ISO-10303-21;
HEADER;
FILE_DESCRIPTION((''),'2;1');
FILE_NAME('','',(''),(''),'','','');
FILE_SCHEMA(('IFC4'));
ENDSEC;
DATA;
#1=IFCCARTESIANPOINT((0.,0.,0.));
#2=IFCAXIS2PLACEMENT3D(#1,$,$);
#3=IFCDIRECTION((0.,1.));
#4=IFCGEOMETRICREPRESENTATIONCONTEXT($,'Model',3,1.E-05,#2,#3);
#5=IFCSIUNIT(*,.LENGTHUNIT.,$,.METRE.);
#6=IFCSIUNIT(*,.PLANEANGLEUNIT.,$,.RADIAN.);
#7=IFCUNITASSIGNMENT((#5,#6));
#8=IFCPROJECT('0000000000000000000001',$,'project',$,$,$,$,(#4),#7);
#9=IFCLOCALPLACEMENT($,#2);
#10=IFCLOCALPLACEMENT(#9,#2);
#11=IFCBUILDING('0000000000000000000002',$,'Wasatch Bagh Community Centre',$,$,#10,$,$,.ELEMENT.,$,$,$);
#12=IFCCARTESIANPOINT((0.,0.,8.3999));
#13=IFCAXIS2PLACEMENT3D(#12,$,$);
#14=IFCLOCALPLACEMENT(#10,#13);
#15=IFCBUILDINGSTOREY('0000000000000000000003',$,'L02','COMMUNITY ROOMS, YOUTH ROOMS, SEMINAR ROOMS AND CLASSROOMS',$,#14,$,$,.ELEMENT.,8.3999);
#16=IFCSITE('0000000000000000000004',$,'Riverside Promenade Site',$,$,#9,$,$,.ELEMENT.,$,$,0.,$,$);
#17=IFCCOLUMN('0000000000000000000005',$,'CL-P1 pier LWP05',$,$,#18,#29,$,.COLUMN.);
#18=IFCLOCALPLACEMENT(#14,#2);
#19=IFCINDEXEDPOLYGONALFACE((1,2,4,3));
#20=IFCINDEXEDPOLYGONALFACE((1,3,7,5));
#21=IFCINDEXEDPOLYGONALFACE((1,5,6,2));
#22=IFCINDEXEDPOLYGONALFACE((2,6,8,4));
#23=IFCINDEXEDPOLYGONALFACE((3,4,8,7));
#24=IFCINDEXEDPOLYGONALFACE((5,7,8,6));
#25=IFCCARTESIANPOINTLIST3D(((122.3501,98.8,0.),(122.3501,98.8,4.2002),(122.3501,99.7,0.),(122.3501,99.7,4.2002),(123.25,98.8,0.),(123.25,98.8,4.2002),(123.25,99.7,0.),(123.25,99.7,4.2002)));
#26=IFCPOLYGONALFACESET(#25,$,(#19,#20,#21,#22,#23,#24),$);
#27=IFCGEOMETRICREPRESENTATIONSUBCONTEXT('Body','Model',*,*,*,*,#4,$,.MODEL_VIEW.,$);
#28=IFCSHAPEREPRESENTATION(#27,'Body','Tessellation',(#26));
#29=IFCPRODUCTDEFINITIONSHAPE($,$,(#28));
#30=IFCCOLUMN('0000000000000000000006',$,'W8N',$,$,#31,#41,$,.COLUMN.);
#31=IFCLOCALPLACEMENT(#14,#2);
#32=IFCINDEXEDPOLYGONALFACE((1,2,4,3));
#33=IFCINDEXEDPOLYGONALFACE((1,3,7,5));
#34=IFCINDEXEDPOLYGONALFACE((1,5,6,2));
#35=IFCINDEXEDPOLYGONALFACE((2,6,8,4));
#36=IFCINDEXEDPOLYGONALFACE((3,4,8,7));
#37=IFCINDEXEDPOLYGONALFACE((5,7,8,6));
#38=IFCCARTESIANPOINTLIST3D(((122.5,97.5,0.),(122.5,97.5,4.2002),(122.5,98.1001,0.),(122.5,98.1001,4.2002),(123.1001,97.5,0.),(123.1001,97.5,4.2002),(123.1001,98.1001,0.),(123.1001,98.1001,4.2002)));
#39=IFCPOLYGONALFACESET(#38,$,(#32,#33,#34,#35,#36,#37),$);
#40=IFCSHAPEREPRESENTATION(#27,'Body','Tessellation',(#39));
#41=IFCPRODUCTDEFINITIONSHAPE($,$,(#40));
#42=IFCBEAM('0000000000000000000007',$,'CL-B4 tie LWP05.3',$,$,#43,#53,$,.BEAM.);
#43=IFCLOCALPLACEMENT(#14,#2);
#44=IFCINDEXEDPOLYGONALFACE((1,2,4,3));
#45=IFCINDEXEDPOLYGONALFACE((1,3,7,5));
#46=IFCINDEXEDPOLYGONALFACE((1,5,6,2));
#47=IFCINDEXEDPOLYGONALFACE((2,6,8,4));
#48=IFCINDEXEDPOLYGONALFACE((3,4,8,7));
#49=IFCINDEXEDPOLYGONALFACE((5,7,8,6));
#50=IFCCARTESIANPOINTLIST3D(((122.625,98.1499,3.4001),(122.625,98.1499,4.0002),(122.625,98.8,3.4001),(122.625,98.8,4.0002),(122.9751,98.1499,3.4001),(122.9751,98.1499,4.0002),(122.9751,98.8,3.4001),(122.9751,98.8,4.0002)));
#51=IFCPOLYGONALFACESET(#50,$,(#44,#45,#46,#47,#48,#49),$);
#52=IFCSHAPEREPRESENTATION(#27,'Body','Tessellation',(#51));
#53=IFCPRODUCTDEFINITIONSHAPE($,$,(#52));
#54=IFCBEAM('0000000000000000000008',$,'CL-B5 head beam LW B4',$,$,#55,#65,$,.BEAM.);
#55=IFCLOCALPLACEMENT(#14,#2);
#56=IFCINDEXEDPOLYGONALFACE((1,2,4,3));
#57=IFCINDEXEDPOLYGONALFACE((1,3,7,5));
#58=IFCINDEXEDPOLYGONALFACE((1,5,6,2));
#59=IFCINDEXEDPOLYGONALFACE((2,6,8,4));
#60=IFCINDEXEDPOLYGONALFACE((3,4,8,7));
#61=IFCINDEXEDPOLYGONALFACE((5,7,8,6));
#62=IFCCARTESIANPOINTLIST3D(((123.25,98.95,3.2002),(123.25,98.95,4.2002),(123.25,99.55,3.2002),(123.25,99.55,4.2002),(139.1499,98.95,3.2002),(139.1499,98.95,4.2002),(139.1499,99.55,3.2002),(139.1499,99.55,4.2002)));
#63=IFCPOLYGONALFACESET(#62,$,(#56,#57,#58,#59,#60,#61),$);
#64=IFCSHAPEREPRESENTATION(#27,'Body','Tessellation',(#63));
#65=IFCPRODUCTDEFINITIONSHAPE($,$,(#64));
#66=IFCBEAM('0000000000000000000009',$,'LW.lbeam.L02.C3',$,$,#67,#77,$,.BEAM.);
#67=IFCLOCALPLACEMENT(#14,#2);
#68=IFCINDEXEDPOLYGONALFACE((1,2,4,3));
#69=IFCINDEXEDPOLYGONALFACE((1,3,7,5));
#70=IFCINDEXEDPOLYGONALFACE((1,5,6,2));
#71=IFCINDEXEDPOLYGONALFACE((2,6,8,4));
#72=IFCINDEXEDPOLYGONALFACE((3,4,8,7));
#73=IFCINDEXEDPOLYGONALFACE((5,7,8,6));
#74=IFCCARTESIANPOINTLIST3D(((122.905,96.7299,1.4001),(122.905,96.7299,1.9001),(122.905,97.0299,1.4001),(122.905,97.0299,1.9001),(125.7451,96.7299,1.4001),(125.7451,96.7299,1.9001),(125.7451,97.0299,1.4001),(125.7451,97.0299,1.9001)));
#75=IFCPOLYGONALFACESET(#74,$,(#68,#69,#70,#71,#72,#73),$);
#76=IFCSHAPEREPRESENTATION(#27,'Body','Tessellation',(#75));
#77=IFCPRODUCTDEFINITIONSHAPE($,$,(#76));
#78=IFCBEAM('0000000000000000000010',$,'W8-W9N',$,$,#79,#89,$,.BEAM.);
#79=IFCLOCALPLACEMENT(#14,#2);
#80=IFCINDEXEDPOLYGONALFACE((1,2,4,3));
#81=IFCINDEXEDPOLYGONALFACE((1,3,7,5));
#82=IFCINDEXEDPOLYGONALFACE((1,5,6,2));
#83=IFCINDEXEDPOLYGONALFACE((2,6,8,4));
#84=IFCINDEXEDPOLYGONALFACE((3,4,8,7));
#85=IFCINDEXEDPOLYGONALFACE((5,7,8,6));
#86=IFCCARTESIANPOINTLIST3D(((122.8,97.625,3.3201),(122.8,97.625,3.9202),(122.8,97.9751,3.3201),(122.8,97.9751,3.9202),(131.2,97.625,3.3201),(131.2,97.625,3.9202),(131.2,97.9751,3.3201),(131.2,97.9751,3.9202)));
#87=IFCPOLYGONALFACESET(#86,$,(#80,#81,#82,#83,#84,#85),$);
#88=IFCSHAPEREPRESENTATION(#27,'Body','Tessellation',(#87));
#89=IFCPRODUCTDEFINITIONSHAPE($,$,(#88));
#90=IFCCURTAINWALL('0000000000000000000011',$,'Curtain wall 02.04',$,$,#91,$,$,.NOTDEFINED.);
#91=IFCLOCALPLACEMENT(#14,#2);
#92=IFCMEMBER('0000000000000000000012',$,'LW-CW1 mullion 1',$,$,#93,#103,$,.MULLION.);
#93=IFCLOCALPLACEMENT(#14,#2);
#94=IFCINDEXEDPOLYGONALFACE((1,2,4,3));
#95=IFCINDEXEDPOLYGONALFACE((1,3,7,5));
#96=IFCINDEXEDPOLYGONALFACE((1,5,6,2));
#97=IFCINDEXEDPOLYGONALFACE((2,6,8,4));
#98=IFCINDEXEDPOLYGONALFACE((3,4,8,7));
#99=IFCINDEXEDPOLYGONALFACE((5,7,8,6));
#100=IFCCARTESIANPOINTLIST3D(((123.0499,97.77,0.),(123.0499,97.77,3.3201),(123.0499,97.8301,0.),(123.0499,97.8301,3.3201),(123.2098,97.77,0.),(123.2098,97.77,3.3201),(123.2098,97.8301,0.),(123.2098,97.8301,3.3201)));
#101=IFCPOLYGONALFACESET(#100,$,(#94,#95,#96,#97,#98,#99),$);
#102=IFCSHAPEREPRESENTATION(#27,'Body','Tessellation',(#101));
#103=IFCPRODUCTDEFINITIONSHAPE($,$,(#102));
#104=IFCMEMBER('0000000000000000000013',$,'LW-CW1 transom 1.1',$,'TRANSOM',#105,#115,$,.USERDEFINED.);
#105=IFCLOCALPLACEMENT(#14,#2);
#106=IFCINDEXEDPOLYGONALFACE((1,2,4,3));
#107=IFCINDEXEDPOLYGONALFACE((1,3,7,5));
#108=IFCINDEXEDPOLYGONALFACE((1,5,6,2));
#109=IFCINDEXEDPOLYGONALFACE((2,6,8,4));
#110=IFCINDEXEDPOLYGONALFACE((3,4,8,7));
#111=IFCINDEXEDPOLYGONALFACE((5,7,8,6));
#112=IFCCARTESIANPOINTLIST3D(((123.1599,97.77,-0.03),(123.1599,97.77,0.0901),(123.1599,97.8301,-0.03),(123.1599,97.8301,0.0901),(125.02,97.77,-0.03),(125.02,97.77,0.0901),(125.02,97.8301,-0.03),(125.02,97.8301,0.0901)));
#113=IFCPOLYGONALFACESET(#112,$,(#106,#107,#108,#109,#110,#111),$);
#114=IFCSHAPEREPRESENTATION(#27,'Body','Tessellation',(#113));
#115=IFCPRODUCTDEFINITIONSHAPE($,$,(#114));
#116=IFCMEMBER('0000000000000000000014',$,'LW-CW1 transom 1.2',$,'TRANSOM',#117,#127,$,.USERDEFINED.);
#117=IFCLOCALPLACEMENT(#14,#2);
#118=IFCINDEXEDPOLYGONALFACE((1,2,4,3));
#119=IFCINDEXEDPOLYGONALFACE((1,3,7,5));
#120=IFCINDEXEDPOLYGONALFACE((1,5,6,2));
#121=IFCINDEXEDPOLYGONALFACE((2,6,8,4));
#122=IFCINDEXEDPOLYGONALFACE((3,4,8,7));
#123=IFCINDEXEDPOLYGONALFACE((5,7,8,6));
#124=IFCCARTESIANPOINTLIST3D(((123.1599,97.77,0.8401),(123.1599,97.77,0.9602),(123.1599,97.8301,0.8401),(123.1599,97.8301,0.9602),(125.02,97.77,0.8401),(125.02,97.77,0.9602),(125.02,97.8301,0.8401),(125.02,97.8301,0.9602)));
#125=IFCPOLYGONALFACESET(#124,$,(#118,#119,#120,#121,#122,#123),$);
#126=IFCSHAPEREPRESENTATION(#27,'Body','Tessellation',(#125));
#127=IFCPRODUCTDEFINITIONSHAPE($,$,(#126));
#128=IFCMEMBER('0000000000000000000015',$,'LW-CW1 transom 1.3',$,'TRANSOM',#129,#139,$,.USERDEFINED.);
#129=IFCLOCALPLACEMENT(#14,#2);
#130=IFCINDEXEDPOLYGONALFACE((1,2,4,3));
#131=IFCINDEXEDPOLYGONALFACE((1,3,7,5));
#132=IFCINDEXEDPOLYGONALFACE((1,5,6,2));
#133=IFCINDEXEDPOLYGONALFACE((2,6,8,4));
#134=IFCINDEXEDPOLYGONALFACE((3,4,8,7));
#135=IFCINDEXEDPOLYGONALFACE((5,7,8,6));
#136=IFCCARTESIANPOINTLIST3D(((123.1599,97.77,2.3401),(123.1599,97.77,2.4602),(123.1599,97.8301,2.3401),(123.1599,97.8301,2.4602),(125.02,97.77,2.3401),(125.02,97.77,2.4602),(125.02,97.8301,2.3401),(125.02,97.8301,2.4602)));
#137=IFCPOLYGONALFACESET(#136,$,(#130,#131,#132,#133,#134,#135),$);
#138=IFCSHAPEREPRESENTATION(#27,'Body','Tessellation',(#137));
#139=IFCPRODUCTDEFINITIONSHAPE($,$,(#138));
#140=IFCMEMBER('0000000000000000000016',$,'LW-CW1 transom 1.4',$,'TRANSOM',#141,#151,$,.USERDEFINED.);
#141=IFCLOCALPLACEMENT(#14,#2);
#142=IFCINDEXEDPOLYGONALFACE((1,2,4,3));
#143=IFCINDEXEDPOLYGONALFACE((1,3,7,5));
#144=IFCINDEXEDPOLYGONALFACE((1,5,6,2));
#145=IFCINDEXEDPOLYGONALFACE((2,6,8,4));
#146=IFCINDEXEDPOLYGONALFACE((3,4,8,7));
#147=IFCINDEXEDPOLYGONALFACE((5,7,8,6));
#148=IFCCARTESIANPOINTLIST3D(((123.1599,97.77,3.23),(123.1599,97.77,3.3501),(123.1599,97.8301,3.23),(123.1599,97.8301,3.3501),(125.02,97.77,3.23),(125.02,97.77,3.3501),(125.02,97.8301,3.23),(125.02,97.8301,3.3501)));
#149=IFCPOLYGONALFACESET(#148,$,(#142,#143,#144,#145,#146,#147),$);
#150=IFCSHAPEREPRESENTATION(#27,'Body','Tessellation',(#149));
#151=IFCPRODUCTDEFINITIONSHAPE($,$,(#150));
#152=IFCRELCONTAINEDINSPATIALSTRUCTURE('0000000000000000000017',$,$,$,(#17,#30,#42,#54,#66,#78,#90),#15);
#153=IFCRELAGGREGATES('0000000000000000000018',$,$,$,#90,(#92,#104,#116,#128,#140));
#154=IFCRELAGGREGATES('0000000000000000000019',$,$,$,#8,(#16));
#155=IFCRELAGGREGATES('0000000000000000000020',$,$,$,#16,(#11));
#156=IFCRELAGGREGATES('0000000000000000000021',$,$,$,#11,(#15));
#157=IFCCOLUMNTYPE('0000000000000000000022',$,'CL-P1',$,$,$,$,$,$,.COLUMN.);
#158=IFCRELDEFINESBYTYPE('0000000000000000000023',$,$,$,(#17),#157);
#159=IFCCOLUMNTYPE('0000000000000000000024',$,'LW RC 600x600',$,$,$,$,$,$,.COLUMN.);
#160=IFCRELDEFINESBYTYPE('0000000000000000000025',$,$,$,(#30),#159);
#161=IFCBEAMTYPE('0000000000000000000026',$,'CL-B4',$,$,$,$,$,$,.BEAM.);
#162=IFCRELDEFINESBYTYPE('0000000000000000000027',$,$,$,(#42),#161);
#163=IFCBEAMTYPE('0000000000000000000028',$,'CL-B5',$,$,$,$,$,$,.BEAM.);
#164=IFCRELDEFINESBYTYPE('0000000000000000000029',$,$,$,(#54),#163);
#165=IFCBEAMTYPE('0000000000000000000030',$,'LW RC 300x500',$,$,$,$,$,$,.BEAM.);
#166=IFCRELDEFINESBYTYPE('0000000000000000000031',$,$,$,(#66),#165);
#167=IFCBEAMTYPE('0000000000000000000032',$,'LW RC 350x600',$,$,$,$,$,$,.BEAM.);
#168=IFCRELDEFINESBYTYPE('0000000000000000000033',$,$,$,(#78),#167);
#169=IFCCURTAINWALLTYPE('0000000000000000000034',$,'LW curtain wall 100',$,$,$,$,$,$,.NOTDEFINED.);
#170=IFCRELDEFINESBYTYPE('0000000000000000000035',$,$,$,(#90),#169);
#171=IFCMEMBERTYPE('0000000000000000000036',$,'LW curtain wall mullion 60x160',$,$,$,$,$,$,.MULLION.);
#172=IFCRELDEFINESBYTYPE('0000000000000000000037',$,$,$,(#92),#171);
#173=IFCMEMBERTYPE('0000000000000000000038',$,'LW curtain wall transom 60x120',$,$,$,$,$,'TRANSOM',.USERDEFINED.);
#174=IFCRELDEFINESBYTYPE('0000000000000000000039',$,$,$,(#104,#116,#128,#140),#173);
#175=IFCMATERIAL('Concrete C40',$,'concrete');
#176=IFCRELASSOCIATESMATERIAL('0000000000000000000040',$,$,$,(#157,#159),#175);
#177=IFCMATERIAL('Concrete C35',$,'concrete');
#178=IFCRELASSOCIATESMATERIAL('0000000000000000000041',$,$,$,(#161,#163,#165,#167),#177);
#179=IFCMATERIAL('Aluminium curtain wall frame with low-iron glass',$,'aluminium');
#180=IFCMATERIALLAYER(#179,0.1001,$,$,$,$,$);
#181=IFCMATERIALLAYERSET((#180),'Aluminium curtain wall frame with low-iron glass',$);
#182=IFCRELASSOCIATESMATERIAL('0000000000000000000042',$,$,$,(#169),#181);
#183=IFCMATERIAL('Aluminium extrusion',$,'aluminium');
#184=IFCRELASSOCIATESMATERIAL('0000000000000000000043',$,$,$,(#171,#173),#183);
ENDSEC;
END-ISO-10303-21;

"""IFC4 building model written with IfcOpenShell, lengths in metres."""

from ifc_helpers import new_model, si_unit, direction, frame, origin, origin_2d, place, context, subcontext, project, spatial, rectangle, extrude, material, layer, layer_set, material_profile, profile_set, type_object, element, aggregate, save


model = new_model("IFC4")

# Units and contexts
model_context = context("Model", 3, precision=1e-05, world=origin(), true_north=direction((0.0, 1.0)))
body_context = subcontext(model_context, "Body", "Model", "MODEL_VIEW")
ifc_project = project(units=[si_unit("LENGTHUNIT", "METRE"), si_unit("PLANEANGLEUNIT", "RADIAN")], contexts=[model_context])

# Site, building, storey
site_placement = place(None, origin())
site = spatial("IfcSite", under=ifc_project, at=site_placement, Name="Riverside Promenade Site", CompositionType="ELEMENT", RefElevation=0.0)
building_placement = place(site_placement, origin())
building = spatial("IfcBuilding", under=site, at=building_placement, Name="Wasatch Bagh Community Centre", CompositionType="ELEMENT")
storey_placement = place(building_placement, frame((0.0, 0.0, 8.3999)))
storey = spatial("IfcBuildingStorey", under=building, at=storey_placement, Name="L02", Description="COMMUNITY ROOMS, YOUTH ROOMS, SEMINAR ROOMS AND CLASSROOMS", CompositionType="ELEMENT", Elevation=8.3999)

# Columns
ifc_material_1 = material(Name="Concrete C40", Category="concrete")
ifc_material_profile_1 = material_profile(ifc_material_1, rectangle(XDim=0.8999, YDim=0.8999, at=origin_2d()), Name="RC 900x900")
ifc_profile_set_1 = profile_set([ifc_material_profile_1], Name="Concrete C40")
column_type_1 = type_object("IfcColumnType", Name="CL-P1", PredefinedType="COLUMN", material=ifc_profile_set_1)
column_1_placement = place(storey_placement, frame((122.8, 99.25, 0.0), z_axis=(0.0, 0.0, 1.0), x_axis=(1.0, 0.0, 0.0)))
element("IfcColumn", 1, at=column_1_placement, inside=storey, type_object=column_type_1, Name="CL-P1 pier LWP05", PredefinedType="COLUMN", context=body_context, shape_type="SweptSolid", body=[
    extrude(rectangle(XDim=0.8999, YDim=0.8999, at=origin_2d()), origin(), (0.0, 0.0, 1.0), 4.2002),
])
ifc_material_profile_2 = material_profile(ifc_material_1, rectangle(XDim=0.6001, YDim=0.6001, at=origin_2d()), Name="RC 600x600")
ifc_profile_set_2 = profile_set([ifc_material_profile_2], Name="Concrete C40")
column_type_2 = type_object("IfcColumnType", Name="LW RC 600x600", PredefinedType="COLUMN", material=ifc_profile_set_2)
column_2_placement = place(storey_placement, frame((122.8, 97.8, 0.0), z_axis=(0.0, 0.0, 1.0), x_axis=(1.0, 0.0, 0.0)))
element("IfcColumn", 2, at=column_2_placement, inside=storey, type_object=column_type_2, Name="W8N", PredefinedType="COLUMN", context=body_context, shape_type="SweptSolid", body=[
    extrude(rectangle(XDim=0.6001, YDim=0.6001, at=origin_2d()), origin(), (0.0, 0.0, 1.0), 4.2002),
])

# Beams
ifc_material_2 = material(Name="Concrete C35", Category="concrete")
ifc_material_profile_3 = material_profile(ifc_material_2, rectangle(XDim=0.3501, YDim=0.6001, at=origin_2d()), Name="RC 350x600")
ifc_profile_set_3 = profile_set([ifc_material_profile_3], Name="Concrete C35")
beam_type_1 = type_object("IfcBeamType", Name="CL-B4", PredefinedType="BEAM", material=ifc_profile_set_3)
beam_1_placement = place(storey_placement, frame((122.8, 98.1499, 3.7002), z_axis=(0.0, 1.0, 0.0), x_axis=(-1.0, 0.0, 0.0)))
element("IfcBeam", 3, at=beam_1_placement, inside=storey, type_object=beam_type_1, Name="CL-B4 tie LWP05.3", PredefinedType="BEAM", context=body_context, shape_type="SweptSolid", body=[
    extrude(rectangle(XDim=0.3501, YDim=0.6001, at=origin_2d()), origin(), (0.0, 0.0, 1.0), 0.6501),
])
ifc_material_profile_4 = material_profile(ifc_material_2, rectangle(XDim=0.6001, YDim=1.0, at=origin_2d()), Name="RC 600x1000")
ifc_profile_set_4 = profile_set([ifc_material_profile_4], Name="Concrete C35")
beam_type_2 = type_object("IfcBeamType", Name="CL-B5", PredefinedType="BEAM", material=ifc_profile_set_4)
beam_2_placement = place(storey_placement, frame((123.25, 99.25, 3.7002), z_axis=(1.0, 0.0, 0.0), x_axis=(0.0, 1.0, 0.0)))
element("IfcBeam", 4, at=beam_2_placement, inside=storey, type_object=beam_type_2, Name="CL-B5 head beam LW B4", PredefinedType="BEAM", context=body_context, shape_type="SweptSolid", body=[
    extrude(rectangle(XDim=0.6001, YDim=1.0, at=origin_2d()), origin(), (0.0, 0.0, 1.0), 15.8999),
])
ifc_material_profile_5 = material_profile(ifc_material_2, rectangle(XDim=0.3, YDim=0.5, at=origin_2d()), Name="RC 300x500")
ifc_profile_set_5 = profile_set([ifc_material_profile_5], Name="Concrete C35")
beam_type_3 = type_object("IfcBeamType", Name="LW RC 300x500", PredefinedType="BEAM", material=ifc_profile_set_5)
beam_3_placement = place(storey_placement, frame((122.905, 96.8799, 1.6501), z_axis=(1.0, 0.0, 0.0), x_axis=(0.0, 1.0, 0.0)))
element("IfcBeam", 5, at=beam_3_placement, inside=storey, type_object=beam_type_3, Name="LW.lbeam.L02.C3", PredefinedType="BEAM", context=body_context, shape_type="SweptSolid", body=[
    extrude(rectangle(XDim=0.3, YDim=0.5, at=origin_2d()), origin(), (0.0, 0.0, 1.0), 2.8401),
])
ifc_material_profile_6 = material_profile(ifc_material_2, rectangle(XDim=0.3501, YDim=0.6001, at=origin_2d()), Name="RC 350x600")
ifc_profile_set_6 = profile_set([ifc_material_profile_6], Name="Concrete C35")
beam_type_4 = type_object("IfcBeamType", Name="LW RC 350x600", PredefinedType="BEAM", material=ifc_profile_set_6)
beam_4_placement = place(storey_placement, frame((122.8, 97.8, 3.6201), z_axis=(1.0, 0.0, 0.0), x_axis=(0.0, 1.0, 0.0)))
element("IfcBeam", 6, at=beam_4_placement, inside=storey, type_object=beam_type_4, Name="W8-W9N", PredefinedType="BEAM", context=body_context, shape_type="SweptSolid", body=[
    extrude(rectangle(XDim=0.3501, YDim=0.6001, at=origin_2d()), origin(), (0.0, 0.0, 1.0), 8.3999),
])

# Curtain wall, members
ifc_material_3 = material(Name="Aluminium curtain wall frame with low-iron glass", Category="aluminium")
ifc_layer_1 = layer(ifc_material_3, 0.1001)
ifc_layer_set_1 = layer_set([ifc_layer_1], Name="Aluminium curtain wall frame with low-iron glass")
curtain_wall_type = type_object("IfcCurtainWallType", Name="LW curtain wall 100", PredefinedType="NOTDEFINED", material=ifc_layer_set_1)
curtain_wall_placement = place(storey_placement, origin())
curtain_wall = element("IfcCurtainWall", 7, at=curtain_wall_placement, inside=storey, type_object=curtain_wall_type, Name="Curtain wall 02.04", PredefinedType="NOTDEFINED")
ifc_material_4 = material(Name="Aluminium extrusion", Category="aluminium")
ifc_material_profile_7 = material_profile(ifc_material_4, rectangle(XDim=0.0601, YDim=0.1599, at=origin_2d()), Name="AL 60x160")
ifc_profile_set_7 = profile_set([ifc_material_profile_7], Name="Aluminium extrusion")
member_type_1 = type_object("IfcMemberType", Name="LW curtain wall mullion 60x160", PredefinedType="MULLION", material=ifc_profile_set_7)
member_1_placement = place(storey_placement, frame((123.1299, 97.8, 0.0), z_axis=(0.0, 0.0, 1.0), x_axis=(0.0, 1.0, 0.0)))
member_1 = element("IfcMember", 8, at=member_1_placement, type_object=member_type_1, Name="LW-CW1 mullion 1", PredefinedType="MULLION", context=body_context, shape_type="SweptSolid", body=[
    extrude(rectangle(XDim=0.0601, YDim=0.1599, at=origin_2d()), origin(), (0.0, 0.0, 1.0), 3.3201),
])
ifc_material_profile_8 = material_profile(ifc_material_4, rectangle(XDim=0.0601, YDim=0.1201, at=origin_2d()), Name="AL 60x120")
ifc_profile_set_8 = profile_set([ifc_material_profile_8], Name="Aluminium extrusion")
member_type_2 = type_object("IfcMemberType", Name="LW curtain wall transom 60x120", ElementType="TRANSOM", PredefinedType="USERDEFINED", material=ifc_profile_set_8)
member_2_placement = place(storey_placement, frame((123.1599, 97.8, 0.03), z_axis=(1.0, 0.0, 0.0), x_axis=(0.0, 1.0, 0.0)))
member_2 = element("IfcMember", 9, at=member_2_placement, type_object=member_type_2, Name="LW-CW1 transom 1.1", ObjectType="TRANSOM", PredefinedType="USERDEFINED", context=body_context, shape_type="SweptSolid", body=[
    extrude(rectangle(XDim=0.0601, YDim=0.1201, at=origin_2d()), origin(), (0.0, 0.0, 1.0), 1.8601),
])
member_3_placement = place(storey_placement, frame((123.1599, 97.8, 0.9001), z_axis=(1.0, 0.0, 0.0), x_axis=(0.0, 1.0, 0.0)))
member_3 = element("IfcMember", 10, at=member_3_placement, type_object=member_type_2, Name="LW-CW1 transom 1.2", ObjectType="TRANSOM", PredefinedType="USERDEFINED", context=body_context, shape_type="SweptSolid", body=[
    extrude(rectangle(XDim=0.0601, YDim=0.1201, at=origin_2d()), origin(), (0.0, 0.0, 1.0), 1.8601),
])
member_4_placement = place(storey_placement, frame((123.1599, 97.8, 2.4001), z_axis=(1.0, 0.0, 0.0), x_axis=(0.0, 1.0, 0.0)))
member_4 = element("IfcMember", 11, at=member_4_placement, type_object=member_type_2, Name="LW-CW1 transom 1.3", ObjectType="TRANSOM", PredefinedType="USERDEFINED", context=body_context, shape_type="SweptSolid", body=[
    extrude(rectangle(XDim=0.0601, YDim=0.1201, at=origin_2d()), origin(), (0.0, 0.0, 1.0), 1.8601),
])
member_5_placement = place(storey_placement, frame((123.1599, 97.8, 3.29), z_axis=(1.0, 0.0, 0.0), x_axis=(0.0, 1.0, 0.0)))
member_5 = element("IfcMember", 12, at=member_5_placement, type_object=member_type_2, Name="LW-CW1 transom 1.4", ObjectType="TRANSOM", PredefinedType="USERDEFINED", context=body_context, shape_type="SweptSolid", body=[
    extrude(rectangle(XDim=0.0601, YDim=0.1201, at=origin_2d()), origin(), (0.0, 0.0, 1.0), 1.8601),
])
aggregate(curtain_wall, [member_1, member_2, member_3, member_4, member_5])

save(model, "model.ifc")
